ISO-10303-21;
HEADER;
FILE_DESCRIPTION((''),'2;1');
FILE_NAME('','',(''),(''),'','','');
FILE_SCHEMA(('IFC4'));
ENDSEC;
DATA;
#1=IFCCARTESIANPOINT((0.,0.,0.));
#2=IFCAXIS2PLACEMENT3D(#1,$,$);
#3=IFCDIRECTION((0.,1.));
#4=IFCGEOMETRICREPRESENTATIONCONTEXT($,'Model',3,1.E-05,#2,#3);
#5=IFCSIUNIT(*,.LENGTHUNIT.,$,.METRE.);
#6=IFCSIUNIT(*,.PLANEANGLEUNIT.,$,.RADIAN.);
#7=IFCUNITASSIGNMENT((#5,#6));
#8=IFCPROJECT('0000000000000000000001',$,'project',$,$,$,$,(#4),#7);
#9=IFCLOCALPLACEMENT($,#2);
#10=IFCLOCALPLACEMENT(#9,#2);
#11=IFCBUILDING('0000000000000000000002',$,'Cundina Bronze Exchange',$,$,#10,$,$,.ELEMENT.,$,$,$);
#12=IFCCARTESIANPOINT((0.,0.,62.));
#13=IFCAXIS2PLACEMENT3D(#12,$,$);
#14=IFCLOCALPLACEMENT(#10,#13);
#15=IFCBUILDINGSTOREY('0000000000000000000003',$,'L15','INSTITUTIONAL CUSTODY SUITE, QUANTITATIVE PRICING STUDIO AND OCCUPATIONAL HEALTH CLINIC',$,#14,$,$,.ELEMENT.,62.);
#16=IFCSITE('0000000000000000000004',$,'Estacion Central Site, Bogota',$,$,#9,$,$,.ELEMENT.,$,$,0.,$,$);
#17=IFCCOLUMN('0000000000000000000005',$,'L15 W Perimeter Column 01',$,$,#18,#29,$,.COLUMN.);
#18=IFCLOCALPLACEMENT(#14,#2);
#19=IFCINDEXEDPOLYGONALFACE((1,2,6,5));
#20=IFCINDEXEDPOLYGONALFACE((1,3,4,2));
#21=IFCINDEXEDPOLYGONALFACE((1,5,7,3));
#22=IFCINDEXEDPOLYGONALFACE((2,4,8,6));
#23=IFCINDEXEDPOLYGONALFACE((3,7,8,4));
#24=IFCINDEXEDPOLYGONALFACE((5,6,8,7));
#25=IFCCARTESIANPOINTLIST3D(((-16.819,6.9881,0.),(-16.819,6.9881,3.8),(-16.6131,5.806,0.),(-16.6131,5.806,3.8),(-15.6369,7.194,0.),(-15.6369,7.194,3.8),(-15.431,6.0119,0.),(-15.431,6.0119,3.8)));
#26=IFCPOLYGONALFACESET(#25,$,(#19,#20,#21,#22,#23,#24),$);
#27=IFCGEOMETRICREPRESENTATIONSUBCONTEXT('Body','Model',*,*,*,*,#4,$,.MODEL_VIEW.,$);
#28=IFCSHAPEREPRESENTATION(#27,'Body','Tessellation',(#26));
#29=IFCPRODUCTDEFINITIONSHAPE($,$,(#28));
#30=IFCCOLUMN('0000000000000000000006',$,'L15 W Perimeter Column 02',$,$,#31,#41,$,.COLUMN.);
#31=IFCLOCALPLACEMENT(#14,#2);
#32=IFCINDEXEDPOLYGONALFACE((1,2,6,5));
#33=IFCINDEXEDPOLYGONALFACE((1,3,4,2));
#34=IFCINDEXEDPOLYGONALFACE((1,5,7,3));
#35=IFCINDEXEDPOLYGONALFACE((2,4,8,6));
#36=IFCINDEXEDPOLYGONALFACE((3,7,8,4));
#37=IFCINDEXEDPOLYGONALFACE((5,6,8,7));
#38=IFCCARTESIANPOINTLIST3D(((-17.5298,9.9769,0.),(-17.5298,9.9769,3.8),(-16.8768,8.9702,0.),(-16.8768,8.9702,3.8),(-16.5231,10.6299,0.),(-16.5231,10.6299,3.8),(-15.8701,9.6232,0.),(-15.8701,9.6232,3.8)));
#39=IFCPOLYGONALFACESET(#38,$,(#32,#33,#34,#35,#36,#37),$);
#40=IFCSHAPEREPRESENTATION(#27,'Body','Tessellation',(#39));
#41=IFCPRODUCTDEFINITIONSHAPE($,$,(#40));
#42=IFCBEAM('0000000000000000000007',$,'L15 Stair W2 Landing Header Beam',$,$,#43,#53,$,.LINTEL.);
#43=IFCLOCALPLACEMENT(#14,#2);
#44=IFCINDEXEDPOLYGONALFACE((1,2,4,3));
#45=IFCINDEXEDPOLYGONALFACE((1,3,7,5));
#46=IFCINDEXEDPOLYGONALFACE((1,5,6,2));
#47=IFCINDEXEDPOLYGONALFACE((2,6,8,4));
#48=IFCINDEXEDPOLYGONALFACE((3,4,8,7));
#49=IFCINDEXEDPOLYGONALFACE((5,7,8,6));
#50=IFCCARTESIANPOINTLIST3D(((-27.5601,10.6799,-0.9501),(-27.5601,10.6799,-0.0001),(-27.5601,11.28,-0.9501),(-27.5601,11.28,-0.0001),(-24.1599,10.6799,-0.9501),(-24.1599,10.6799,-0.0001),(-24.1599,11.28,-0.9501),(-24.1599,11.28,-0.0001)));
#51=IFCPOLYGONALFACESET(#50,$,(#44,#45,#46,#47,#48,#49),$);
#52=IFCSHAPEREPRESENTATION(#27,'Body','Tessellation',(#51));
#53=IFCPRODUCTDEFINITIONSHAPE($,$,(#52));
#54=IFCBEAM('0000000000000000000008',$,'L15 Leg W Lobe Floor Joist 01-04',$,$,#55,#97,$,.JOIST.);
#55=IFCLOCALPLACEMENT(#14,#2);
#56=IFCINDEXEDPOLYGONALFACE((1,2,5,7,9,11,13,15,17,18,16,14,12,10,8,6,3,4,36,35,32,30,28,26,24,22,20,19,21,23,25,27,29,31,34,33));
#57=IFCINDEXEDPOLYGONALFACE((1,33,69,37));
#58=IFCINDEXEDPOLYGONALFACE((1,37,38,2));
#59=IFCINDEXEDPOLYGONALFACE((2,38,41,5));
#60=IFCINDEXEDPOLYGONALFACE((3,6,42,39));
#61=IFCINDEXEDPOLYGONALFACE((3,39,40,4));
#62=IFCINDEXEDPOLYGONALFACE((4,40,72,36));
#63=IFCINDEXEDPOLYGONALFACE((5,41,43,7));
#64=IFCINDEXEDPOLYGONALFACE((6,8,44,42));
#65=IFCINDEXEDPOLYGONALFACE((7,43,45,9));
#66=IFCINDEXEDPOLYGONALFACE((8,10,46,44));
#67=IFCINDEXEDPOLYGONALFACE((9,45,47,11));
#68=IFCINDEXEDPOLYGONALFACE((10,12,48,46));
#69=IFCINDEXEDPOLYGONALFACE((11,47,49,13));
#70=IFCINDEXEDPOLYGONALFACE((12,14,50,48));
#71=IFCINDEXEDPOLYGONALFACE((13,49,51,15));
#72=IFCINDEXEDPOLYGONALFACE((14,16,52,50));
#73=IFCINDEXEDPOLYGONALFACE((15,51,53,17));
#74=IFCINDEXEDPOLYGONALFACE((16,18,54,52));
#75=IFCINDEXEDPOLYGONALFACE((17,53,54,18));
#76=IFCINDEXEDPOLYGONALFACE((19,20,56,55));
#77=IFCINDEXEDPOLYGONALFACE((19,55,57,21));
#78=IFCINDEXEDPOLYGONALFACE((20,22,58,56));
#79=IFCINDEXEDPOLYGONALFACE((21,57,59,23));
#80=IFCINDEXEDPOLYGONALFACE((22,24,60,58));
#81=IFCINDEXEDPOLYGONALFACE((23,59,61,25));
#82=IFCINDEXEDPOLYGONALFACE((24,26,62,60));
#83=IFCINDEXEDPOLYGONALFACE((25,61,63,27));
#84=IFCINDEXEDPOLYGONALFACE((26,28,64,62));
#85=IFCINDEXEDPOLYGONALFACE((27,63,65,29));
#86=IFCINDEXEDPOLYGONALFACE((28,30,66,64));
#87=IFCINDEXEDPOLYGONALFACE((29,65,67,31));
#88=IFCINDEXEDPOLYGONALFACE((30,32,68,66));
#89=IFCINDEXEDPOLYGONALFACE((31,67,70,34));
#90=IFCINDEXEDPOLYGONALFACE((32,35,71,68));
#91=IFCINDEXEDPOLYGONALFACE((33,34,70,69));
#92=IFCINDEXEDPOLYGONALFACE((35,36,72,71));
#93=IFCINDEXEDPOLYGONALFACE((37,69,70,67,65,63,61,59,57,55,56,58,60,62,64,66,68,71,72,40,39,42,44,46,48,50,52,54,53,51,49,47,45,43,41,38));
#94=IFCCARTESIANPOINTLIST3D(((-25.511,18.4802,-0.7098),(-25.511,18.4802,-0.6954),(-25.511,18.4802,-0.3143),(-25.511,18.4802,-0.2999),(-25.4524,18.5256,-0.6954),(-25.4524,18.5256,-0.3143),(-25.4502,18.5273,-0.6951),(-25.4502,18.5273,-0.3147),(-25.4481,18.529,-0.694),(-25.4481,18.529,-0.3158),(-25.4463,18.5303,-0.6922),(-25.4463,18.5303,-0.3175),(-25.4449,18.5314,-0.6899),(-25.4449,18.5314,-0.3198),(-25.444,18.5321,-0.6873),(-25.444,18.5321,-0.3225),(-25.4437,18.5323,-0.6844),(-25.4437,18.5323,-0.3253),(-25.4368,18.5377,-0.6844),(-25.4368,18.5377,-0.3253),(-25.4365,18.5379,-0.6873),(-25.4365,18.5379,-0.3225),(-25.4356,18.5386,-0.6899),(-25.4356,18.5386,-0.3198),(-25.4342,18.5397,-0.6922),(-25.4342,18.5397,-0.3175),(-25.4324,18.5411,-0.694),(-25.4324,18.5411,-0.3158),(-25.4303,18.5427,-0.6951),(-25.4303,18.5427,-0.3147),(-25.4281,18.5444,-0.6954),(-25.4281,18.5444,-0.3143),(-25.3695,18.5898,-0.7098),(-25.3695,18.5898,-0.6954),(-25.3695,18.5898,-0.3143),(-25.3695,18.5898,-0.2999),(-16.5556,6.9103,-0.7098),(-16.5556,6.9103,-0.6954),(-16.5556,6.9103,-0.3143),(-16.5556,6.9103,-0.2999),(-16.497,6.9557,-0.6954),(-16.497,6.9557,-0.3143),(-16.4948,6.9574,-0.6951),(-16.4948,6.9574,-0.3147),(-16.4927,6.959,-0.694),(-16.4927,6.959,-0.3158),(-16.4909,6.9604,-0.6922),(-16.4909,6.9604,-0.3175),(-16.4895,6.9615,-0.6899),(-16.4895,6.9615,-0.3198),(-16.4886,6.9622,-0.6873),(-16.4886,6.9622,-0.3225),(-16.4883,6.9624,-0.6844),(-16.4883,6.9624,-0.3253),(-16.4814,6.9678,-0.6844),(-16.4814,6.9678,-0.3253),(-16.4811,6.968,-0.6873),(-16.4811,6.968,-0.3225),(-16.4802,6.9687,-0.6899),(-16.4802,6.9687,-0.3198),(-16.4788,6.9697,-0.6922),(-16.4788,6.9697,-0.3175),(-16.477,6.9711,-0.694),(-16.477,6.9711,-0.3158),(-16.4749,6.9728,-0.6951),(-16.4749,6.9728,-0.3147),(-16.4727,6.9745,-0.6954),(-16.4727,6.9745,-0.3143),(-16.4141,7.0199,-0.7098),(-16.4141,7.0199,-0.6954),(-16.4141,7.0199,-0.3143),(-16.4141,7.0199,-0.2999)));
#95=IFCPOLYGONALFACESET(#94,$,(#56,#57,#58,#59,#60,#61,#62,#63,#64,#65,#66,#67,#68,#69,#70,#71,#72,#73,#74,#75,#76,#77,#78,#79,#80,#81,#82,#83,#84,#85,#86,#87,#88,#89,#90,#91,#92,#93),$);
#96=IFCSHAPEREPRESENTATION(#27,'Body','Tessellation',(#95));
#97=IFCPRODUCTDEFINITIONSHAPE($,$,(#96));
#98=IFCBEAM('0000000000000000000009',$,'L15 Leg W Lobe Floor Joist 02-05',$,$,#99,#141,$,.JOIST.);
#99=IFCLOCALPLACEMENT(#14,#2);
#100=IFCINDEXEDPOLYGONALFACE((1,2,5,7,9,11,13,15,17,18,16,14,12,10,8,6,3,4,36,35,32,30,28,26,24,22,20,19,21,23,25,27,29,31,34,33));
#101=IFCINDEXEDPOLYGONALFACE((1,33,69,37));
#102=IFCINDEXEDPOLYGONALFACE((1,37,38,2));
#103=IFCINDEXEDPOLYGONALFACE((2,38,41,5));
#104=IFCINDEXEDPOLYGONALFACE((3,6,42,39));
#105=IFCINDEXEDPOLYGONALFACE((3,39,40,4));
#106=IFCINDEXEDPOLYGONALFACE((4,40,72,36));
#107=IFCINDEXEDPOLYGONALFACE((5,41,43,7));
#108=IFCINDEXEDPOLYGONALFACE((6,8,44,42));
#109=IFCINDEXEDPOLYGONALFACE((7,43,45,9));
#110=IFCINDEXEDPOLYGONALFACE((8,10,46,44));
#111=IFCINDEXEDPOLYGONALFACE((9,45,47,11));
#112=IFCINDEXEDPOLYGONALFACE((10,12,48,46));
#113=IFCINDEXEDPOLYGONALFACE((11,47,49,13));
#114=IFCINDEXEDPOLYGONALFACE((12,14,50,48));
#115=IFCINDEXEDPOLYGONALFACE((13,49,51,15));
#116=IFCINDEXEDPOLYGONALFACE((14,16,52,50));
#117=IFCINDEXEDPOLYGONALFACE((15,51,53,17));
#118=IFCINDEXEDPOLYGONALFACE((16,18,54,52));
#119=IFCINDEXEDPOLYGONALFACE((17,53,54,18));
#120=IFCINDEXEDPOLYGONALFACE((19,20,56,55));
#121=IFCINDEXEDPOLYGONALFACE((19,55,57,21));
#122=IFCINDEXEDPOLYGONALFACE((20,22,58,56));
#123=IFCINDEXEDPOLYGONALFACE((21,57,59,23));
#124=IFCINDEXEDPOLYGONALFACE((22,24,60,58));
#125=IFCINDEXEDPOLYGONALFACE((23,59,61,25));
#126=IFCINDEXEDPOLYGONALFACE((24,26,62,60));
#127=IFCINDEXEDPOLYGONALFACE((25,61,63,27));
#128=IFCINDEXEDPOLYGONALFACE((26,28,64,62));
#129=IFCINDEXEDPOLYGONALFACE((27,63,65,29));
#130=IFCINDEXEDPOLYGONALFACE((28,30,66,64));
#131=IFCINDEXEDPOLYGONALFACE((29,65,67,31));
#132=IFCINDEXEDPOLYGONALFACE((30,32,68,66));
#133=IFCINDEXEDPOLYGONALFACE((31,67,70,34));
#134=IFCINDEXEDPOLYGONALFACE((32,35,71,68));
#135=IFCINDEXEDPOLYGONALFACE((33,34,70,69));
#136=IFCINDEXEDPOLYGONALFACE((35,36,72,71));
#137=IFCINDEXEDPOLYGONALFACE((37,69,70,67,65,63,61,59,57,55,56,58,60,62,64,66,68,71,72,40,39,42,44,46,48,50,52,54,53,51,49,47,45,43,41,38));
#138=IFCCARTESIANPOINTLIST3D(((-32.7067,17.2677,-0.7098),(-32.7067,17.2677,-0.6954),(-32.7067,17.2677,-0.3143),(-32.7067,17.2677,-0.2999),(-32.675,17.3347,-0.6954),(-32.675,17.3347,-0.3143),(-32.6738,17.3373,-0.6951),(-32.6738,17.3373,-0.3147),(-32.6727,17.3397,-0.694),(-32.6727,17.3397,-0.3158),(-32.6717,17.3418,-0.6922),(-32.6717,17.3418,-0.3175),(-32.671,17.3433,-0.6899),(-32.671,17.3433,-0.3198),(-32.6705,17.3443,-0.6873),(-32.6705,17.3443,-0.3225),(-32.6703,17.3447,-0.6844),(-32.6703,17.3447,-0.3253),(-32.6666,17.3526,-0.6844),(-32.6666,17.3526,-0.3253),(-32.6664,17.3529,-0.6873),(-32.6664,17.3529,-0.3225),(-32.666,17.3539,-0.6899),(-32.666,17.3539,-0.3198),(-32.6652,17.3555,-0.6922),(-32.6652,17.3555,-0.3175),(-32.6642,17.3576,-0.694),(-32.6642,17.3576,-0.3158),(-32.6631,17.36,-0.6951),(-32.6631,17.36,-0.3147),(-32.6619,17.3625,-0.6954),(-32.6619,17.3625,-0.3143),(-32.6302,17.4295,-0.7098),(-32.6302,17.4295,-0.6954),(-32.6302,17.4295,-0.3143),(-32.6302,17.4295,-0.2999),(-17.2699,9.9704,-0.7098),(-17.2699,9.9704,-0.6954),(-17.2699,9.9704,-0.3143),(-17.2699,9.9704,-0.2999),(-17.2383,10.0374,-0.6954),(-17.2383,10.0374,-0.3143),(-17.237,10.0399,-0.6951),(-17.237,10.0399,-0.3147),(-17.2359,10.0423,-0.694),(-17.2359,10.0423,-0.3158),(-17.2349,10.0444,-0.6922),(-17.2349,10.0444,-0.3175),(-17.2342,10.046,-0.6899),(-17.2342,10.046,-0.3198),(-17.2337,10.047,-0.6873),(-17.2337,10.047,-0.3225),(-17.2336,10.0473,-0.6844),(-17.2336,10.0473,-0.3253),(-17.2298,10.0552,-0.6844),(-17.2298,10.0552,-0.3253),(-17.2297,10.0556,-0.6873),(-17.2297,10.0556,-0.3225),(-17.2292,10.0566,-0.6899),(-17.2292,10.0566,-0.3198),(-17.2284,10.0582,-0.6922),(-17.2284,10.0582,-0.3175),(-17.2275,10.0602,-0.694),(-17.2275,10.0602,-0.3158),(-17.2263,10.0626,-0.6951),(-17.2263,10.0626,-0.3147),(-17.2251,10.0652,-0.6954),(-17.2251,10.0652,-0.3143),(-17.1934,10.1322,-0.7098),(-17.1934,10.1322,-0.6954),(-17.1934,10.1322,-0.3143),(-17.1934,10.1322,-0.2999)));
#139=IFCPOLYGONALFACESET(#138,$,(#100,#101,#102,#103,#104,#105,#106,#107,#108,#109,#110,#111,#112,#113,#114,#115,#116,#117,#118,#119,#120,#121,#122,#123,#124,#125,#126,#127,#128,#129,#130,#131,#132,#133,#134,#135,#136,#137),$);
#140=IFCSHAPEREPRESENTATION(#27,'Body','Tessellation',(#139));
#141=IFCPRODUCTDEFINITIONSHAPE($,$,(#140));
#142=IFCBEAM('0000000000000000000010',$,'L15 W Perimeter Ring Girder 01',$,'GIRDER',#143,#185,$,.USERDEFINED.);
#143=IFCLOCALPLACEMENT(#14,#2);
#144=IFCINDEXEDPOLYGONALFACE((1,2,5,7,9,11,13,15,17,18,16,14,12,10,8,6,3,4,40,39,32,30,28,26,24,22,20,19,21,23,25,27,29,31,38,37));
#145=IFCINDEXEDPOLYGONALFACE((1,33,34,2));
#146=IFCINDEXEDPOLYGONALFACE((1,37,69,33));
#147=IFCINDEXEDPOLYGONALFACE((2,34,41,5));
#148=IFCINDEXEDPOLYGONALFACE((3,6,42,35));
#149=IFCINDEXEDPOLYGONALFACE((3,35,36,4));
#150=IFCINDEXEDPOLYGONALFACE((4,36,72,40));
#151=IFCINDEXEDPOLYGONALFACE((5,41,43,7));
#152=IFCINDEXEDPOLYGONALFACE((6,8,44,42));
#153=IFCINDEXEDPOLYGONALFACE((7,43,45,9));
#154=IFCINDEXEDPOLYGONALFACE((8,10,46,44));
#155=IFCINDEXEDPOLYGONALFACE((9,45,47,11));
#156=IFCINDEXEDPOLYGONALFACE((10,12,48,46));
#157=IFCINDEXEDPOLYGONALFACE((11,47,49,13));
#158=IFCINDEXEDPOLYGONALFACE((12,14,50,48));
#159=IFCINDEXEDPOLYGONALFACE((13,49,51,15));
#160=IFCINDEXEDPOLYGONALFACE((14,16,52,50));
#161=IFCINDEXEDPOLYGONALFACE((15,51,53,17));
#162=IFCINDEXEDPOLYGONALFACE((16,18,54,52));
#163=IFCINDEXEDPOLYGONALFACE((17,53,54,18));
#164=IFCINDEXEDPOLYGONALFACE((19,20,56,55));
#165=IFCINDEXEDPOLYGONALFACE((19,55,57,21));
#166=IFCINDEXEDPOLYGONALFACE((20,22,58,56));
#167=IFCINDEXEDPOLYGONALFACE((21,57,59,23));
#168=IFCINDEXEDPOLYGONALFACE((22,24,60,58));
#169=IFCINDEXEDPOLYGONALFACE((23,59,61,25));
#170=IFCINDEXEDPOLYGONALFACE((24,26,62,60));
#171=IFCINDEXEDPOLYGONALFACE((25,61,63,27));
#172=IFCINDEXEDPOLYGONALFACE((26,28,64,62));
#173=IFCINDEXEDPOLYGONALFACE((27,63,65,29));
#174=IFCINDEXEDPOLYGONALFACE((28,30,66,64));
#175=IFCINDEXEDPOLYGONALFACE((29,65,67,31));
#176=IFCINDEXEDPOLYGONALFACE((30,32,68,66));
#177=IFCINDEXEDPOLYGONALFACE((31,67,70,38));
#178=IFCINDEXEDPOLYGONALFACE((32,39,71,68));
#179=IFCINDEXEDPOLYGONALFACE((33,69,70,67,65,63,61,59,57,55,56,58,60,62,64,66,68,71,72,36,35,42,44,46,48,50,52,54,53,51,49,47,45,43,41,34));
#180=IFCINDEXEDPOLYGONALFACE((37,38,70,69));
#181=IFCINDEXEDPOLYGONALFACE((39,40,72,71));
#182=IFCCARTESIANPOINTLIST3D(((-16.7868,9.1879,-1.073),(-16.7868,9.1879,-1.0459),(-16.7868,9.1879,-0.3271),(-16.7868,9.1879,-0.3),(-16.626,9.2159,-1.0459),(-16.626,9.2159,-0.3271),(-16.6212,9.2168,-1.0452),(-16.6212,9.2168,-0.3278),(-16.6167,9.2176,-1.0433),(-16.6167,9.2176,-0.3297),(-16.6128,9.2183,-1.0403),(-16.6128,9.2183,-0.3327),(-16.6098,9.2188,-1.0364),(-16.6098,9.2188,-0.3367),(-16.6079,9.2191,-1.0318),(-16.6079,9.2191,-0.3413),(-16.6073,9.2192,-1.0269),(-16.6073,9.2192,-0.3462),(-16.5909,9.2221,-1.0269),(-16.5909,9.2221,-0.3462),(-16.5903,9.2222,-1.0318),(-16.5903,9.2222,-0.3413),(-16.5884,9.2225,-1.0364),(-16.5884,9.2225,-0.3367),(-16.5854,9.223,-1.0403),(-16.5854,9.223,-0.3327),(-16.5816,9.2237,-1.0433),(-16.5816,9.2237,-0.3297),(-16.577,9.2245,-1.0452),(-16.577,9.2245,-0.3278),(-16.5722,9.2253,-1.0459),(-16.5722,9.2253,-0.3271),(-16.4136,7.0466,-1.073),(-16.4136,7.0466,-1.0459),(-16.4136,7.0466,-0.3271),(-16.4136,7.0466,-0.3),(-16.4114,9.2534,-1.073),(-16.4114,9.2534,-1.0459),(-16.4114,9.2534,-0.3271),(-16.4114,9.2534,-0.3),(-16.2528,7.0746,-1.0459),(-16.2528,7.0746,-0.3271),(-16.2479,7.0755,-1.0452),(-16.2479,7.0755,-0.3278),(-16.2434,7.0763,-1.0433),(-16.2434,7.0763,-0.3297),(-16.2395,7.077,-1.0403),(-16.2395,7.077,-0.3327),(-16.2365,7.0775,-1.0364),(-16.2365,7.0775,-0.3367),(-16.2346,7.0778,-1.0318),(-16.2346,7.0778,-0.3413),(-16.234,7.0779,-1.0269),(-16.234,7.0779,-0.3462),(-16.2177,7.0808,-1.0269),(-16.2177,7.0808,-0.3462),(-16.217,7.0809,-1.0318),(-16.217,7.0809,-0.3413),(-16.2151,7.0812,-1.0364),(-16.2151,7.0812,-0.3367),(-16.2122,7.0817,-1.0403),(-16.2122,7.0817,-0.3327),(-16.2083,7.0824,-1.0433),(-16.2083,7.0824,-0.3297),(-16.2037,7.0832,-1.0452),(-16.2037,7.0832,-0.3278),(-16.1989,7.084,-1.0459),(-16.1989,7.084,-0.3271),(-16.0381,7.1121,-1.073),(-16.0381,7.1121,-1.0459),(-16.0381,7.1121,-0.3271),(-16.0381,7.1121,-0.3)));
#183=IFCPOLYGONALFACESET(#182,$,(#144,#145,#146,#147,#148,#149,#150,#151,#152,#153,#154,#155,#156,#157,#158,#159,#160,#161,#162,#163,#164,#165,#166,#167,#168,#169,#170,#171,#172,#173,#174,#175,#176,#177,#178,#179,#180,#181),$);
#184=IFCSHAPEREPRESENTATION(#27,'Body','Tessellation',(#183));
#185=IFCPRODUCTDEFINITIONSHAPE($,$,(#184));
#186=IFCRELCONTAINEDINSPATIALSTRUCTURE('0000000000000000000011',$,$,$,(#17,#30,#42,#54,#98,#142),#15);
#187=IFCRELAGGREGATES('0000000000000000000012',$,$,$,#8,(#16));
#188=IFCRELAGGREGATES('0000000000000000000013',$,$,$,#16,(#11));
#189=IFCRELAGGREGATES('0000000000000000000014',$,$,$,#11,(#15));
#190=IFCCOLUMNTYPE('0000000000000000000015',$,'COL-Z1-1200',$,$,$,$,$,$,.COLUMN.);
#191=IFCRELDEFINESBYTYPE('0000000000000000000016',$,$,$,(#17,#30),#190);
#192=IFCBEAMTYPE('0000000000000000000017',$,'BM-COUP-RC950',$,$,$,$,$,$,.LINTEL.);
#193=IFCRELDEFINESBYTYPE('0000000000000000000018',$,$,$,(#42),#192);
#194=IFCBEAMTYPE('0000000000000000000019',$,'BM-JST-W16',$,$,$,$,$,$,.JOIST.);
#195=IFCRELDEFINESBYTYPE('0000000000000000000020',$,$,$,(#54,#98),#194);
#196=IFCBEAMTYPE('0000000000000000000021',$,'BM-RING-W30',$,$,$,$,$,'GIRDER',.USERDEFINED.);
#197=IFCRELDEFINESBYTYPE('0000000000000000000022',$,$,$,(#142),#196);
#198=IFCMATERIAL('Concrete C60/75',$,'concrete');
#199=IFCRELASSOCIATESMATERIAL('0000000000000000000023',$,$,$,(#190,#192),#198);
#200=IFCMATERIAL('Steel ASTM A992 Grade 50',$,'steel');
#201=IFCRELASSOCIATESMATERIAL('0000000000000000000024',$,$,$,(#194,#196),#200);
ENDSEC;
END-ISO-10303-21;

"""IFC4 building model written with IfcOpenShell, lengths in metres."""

from ifc_helpers import new_model, si_unit, direction, frame, origin, origin_2d, place, context, subcontext, project, spatial, rectangle, i_section, extrude, material, material_profile, profile_set, type_object, element, save


model = new_model("IFC4")

# Units and contexts
model_context = context("Model", 3, precision=1e-05, world=origin(), true_north=direction((0.0, 1.0)))
body_context = subcontext(model_context, "Body", "Model", "MODEL_VIEW")
ifc_project = project(units=[si_unit("LENGTHUNIT", "METRE"), si_unit("PLANEANGLEUNIT", "RADIAN")], contexts=[model_context])

# Site, building, storey
site_placement = place(None, origin())
site = spatial("IfcSite", under=ifc_project, at=site_placement, Name="Estacion Central Site, Bogota", CompositionType="ELEMENT", RefElevation=0.0)
building_placement = place(site_placement, origin())
building = spatial("IfcBuilding", under=site, at=building_placement, Name="Cundina Bronze Exchange", CompositionType="ELEMENT")
storey_placement = place(building_placement, frame((0.0, 0.0, 62.0)))
storey = spatial("IfcBuildingStorey", under=building, at=storey_placement, Name="L15", Description="INSTITUTIONAL CUSTODY SUITE, QUANTITATIVE PRICING STUDIO AND OCCUPATIONAL HEALTH CLINIC", CompositionType="ELEMENT", Elevation=62.0)

# Columns
ifc_material_1 = material(Name="Concrete C60/75", Category="concrete")
ifc_material_profile_1 = material_profile(ifc_material_1, rectangle(XDim=1.2, YDim=1.2, at=origin_2d()), Name="RC1200X1200", Category="concrete")
ifc_profile_set_1 = profile_set([ifc_material_profile_1], Name="Concrete C60/75")
column_type = type_object("IfcColumnType", Name="COL-Z1-1200", PredefinedType="COLUMN", material=ifc_profile_set_1)
for number, where, z_axis, x_axis, name in (
    (1, (-16.125, 6.5, 0.0), (0.0, 0.0, 1.0), (-0.171585, 0.985169, 0.0), "L15 W Perimeter Column 01"),
    (2, (-16.7, 9.8, 0.0), (0.0, 0.0, 1.0), (-0.5442, 0.838956, 0.0), "L15 W Perimeter Column 02"),
):
    element("IfcColumn", number, at=place(storey_placement, frame(where, z_axis=z_axis, x_axis=x_axis)), inside=storey, type_object=column_type, Name=name, PredefinedType="COLUMN", context=body_context, shape_type="SweptSolid", body=[
        extrude(rectangle(XDim=1.2, YDim=1.2, at=origin_2d()), origin(), (0.0, 0.0, 1.0), 3.8),
    ])

# Beams
ifc_material_profile_2 = material_profile(ifc_material_1, rectangle(XDim=0.6001, YDim=0.95, at=origin_2d()), Name="RC600X950", Category="concrete")
ifc_profile_set_2 = profile_set([ifc_material_profile_2], Name="Concrete C60/75")
beam_type_1 = type_object("IfcBeamType", Name="BM-COUP-RC950", PredefinedType="LINTEL", material=ifc_profile_set_2)
beam_1_placement = place(storey_placement, frame((-27.5601, 10.98, -0.4751), z_axis=(1.0, 0.0, 0.0), x_axis=(0.0, 1.0, 0.0)))
element("IfcBeam", 3, at=beam_1_placement, inside=storey, type_object=beam_type_1, Name="L15 Stair W2 Landing Header Beam", PredefinedType="LINTEL", context=body_context, shape_type="SweptSolid", body=[
    extrude(rectangle(XDim=0.6001, YDim=0.95, at=origin_2d()), origin(), (0.0, 0.0, 1.0), 3.4001),
])
ifc_material_2 = material(Name="Steel ASTM A992 Grade 50", Category="steel")
ifc_material_profile_3 = material_profile(ifc_material_2, i_section(OverallWidth=0.179, OverallDepth=0.4099, WebThickness=0.0088, FlangeThickness=0.0144, FilletRadius=0.011, at=origin_2d()), Name="W16X45", Category="steel")
ifc_profile_set_3 = profile_set([ifc_material_profile_3], Name="Steel ASTM A992 Grade 50")
beam_type_2 = type_object("IfcBeamType", Name="BM-JST-W16", PredefinedType="JOIST", material=ifc_profile_set_3)
beam_2_placement = place(storey_placement, frame((-16.4849, 6.9651, -0.5049), z_axis=(-0.612089, 0.790789, 0.0), x_axis=(-0.790789, -0.612089, 0.0)))
element("IfcBeam", 4, at=beam_2_placement, inside=storey, type_object=beam_type_2, Name="L15 Leg W Lobe Floor Joist 01-04", PredefinedType="JOIST", context=body_context, shape_type="SweptSolid", body=[
    extrude(i_section(OverallWidth=0.179, OverallDepth=0.4099, WebThickness=0.0088, FlangeThickness=0.0144, FilletRadius=0.011, at=origin_2d()), origin(), (0.0, 0.0, 1.0), 14.6309),
])
beam_3_placement = place(storey_placement, frame((-17.2317, 10.0513, -0.5049), z_axis=(-0.904073, 0.427379, 0.0), x_axis=(-0.427379, -0.904073, 0.0)))
element("IfcBeam", 5, at=beam_3_placement, inside=storey, type_object=beam_type_2, Name="L15 Leg W Lobe Floor Joist 02-05", PredefinedType="JOIST", context=body_context, shape_type="SweptSolid", body=[
    extrude(i_section(OverallWidth=0.179, OverallDepth=0.4099, WebThickness=0.0088, FlangeThickness=0.0144, FilletRadius=0.011, at=origin_2d()), origin(), (0.0, 0.0, 1.0), 17.0747),
])
ifc_material_profile_4 = material_profile(ifc_material_2, i_section(OverallWidth=0.3811, OverallDepth=0.7729, WebThickness=0.0166, FlangeThickness=0.0271, FilletRadius=0.019, at=origin_2d()), Name="W30X173", Category="steel")
ifc_profile_set_4 = profile_set([ifc_material_profile_4], Name="Steel ASTM A992 Grade 50")
beam_type_3 = type_object("IfcBeamType", Name="BM-RING-W30", ElementType="GIRDER", PredefinedType="USERDEFINED", material=ifc_profile_set_4)
beam_4_placement = place(storey_placement, frame((-16.2258, 7.0793, -0.6865), z_axis=(-0.171735, 0.985143, 0.0), x_axis=(-0.985143, -0.171735, 0.0)))
element("IfcBeam", 6, at=beam_4_placement, inside=storey, type_object=beam_type_3, Name="L15 W Perimeter Ring Girder 01", ObjectType="GIRDER", PredefinedType="USERDEFINED", context=body_context, shape_type="SweptSolid", body=[
    extrude(i_section(OverallWidth=0.3811, OverallDepth=0.7729, WebThickness=0.0166, FlangeThickness=0.0271, FilletRadius=0.019, at=origin_2d()), origin(), (0.0, 0.0, 1.0), 2.1736),
])

save(model, "model.ifc")
